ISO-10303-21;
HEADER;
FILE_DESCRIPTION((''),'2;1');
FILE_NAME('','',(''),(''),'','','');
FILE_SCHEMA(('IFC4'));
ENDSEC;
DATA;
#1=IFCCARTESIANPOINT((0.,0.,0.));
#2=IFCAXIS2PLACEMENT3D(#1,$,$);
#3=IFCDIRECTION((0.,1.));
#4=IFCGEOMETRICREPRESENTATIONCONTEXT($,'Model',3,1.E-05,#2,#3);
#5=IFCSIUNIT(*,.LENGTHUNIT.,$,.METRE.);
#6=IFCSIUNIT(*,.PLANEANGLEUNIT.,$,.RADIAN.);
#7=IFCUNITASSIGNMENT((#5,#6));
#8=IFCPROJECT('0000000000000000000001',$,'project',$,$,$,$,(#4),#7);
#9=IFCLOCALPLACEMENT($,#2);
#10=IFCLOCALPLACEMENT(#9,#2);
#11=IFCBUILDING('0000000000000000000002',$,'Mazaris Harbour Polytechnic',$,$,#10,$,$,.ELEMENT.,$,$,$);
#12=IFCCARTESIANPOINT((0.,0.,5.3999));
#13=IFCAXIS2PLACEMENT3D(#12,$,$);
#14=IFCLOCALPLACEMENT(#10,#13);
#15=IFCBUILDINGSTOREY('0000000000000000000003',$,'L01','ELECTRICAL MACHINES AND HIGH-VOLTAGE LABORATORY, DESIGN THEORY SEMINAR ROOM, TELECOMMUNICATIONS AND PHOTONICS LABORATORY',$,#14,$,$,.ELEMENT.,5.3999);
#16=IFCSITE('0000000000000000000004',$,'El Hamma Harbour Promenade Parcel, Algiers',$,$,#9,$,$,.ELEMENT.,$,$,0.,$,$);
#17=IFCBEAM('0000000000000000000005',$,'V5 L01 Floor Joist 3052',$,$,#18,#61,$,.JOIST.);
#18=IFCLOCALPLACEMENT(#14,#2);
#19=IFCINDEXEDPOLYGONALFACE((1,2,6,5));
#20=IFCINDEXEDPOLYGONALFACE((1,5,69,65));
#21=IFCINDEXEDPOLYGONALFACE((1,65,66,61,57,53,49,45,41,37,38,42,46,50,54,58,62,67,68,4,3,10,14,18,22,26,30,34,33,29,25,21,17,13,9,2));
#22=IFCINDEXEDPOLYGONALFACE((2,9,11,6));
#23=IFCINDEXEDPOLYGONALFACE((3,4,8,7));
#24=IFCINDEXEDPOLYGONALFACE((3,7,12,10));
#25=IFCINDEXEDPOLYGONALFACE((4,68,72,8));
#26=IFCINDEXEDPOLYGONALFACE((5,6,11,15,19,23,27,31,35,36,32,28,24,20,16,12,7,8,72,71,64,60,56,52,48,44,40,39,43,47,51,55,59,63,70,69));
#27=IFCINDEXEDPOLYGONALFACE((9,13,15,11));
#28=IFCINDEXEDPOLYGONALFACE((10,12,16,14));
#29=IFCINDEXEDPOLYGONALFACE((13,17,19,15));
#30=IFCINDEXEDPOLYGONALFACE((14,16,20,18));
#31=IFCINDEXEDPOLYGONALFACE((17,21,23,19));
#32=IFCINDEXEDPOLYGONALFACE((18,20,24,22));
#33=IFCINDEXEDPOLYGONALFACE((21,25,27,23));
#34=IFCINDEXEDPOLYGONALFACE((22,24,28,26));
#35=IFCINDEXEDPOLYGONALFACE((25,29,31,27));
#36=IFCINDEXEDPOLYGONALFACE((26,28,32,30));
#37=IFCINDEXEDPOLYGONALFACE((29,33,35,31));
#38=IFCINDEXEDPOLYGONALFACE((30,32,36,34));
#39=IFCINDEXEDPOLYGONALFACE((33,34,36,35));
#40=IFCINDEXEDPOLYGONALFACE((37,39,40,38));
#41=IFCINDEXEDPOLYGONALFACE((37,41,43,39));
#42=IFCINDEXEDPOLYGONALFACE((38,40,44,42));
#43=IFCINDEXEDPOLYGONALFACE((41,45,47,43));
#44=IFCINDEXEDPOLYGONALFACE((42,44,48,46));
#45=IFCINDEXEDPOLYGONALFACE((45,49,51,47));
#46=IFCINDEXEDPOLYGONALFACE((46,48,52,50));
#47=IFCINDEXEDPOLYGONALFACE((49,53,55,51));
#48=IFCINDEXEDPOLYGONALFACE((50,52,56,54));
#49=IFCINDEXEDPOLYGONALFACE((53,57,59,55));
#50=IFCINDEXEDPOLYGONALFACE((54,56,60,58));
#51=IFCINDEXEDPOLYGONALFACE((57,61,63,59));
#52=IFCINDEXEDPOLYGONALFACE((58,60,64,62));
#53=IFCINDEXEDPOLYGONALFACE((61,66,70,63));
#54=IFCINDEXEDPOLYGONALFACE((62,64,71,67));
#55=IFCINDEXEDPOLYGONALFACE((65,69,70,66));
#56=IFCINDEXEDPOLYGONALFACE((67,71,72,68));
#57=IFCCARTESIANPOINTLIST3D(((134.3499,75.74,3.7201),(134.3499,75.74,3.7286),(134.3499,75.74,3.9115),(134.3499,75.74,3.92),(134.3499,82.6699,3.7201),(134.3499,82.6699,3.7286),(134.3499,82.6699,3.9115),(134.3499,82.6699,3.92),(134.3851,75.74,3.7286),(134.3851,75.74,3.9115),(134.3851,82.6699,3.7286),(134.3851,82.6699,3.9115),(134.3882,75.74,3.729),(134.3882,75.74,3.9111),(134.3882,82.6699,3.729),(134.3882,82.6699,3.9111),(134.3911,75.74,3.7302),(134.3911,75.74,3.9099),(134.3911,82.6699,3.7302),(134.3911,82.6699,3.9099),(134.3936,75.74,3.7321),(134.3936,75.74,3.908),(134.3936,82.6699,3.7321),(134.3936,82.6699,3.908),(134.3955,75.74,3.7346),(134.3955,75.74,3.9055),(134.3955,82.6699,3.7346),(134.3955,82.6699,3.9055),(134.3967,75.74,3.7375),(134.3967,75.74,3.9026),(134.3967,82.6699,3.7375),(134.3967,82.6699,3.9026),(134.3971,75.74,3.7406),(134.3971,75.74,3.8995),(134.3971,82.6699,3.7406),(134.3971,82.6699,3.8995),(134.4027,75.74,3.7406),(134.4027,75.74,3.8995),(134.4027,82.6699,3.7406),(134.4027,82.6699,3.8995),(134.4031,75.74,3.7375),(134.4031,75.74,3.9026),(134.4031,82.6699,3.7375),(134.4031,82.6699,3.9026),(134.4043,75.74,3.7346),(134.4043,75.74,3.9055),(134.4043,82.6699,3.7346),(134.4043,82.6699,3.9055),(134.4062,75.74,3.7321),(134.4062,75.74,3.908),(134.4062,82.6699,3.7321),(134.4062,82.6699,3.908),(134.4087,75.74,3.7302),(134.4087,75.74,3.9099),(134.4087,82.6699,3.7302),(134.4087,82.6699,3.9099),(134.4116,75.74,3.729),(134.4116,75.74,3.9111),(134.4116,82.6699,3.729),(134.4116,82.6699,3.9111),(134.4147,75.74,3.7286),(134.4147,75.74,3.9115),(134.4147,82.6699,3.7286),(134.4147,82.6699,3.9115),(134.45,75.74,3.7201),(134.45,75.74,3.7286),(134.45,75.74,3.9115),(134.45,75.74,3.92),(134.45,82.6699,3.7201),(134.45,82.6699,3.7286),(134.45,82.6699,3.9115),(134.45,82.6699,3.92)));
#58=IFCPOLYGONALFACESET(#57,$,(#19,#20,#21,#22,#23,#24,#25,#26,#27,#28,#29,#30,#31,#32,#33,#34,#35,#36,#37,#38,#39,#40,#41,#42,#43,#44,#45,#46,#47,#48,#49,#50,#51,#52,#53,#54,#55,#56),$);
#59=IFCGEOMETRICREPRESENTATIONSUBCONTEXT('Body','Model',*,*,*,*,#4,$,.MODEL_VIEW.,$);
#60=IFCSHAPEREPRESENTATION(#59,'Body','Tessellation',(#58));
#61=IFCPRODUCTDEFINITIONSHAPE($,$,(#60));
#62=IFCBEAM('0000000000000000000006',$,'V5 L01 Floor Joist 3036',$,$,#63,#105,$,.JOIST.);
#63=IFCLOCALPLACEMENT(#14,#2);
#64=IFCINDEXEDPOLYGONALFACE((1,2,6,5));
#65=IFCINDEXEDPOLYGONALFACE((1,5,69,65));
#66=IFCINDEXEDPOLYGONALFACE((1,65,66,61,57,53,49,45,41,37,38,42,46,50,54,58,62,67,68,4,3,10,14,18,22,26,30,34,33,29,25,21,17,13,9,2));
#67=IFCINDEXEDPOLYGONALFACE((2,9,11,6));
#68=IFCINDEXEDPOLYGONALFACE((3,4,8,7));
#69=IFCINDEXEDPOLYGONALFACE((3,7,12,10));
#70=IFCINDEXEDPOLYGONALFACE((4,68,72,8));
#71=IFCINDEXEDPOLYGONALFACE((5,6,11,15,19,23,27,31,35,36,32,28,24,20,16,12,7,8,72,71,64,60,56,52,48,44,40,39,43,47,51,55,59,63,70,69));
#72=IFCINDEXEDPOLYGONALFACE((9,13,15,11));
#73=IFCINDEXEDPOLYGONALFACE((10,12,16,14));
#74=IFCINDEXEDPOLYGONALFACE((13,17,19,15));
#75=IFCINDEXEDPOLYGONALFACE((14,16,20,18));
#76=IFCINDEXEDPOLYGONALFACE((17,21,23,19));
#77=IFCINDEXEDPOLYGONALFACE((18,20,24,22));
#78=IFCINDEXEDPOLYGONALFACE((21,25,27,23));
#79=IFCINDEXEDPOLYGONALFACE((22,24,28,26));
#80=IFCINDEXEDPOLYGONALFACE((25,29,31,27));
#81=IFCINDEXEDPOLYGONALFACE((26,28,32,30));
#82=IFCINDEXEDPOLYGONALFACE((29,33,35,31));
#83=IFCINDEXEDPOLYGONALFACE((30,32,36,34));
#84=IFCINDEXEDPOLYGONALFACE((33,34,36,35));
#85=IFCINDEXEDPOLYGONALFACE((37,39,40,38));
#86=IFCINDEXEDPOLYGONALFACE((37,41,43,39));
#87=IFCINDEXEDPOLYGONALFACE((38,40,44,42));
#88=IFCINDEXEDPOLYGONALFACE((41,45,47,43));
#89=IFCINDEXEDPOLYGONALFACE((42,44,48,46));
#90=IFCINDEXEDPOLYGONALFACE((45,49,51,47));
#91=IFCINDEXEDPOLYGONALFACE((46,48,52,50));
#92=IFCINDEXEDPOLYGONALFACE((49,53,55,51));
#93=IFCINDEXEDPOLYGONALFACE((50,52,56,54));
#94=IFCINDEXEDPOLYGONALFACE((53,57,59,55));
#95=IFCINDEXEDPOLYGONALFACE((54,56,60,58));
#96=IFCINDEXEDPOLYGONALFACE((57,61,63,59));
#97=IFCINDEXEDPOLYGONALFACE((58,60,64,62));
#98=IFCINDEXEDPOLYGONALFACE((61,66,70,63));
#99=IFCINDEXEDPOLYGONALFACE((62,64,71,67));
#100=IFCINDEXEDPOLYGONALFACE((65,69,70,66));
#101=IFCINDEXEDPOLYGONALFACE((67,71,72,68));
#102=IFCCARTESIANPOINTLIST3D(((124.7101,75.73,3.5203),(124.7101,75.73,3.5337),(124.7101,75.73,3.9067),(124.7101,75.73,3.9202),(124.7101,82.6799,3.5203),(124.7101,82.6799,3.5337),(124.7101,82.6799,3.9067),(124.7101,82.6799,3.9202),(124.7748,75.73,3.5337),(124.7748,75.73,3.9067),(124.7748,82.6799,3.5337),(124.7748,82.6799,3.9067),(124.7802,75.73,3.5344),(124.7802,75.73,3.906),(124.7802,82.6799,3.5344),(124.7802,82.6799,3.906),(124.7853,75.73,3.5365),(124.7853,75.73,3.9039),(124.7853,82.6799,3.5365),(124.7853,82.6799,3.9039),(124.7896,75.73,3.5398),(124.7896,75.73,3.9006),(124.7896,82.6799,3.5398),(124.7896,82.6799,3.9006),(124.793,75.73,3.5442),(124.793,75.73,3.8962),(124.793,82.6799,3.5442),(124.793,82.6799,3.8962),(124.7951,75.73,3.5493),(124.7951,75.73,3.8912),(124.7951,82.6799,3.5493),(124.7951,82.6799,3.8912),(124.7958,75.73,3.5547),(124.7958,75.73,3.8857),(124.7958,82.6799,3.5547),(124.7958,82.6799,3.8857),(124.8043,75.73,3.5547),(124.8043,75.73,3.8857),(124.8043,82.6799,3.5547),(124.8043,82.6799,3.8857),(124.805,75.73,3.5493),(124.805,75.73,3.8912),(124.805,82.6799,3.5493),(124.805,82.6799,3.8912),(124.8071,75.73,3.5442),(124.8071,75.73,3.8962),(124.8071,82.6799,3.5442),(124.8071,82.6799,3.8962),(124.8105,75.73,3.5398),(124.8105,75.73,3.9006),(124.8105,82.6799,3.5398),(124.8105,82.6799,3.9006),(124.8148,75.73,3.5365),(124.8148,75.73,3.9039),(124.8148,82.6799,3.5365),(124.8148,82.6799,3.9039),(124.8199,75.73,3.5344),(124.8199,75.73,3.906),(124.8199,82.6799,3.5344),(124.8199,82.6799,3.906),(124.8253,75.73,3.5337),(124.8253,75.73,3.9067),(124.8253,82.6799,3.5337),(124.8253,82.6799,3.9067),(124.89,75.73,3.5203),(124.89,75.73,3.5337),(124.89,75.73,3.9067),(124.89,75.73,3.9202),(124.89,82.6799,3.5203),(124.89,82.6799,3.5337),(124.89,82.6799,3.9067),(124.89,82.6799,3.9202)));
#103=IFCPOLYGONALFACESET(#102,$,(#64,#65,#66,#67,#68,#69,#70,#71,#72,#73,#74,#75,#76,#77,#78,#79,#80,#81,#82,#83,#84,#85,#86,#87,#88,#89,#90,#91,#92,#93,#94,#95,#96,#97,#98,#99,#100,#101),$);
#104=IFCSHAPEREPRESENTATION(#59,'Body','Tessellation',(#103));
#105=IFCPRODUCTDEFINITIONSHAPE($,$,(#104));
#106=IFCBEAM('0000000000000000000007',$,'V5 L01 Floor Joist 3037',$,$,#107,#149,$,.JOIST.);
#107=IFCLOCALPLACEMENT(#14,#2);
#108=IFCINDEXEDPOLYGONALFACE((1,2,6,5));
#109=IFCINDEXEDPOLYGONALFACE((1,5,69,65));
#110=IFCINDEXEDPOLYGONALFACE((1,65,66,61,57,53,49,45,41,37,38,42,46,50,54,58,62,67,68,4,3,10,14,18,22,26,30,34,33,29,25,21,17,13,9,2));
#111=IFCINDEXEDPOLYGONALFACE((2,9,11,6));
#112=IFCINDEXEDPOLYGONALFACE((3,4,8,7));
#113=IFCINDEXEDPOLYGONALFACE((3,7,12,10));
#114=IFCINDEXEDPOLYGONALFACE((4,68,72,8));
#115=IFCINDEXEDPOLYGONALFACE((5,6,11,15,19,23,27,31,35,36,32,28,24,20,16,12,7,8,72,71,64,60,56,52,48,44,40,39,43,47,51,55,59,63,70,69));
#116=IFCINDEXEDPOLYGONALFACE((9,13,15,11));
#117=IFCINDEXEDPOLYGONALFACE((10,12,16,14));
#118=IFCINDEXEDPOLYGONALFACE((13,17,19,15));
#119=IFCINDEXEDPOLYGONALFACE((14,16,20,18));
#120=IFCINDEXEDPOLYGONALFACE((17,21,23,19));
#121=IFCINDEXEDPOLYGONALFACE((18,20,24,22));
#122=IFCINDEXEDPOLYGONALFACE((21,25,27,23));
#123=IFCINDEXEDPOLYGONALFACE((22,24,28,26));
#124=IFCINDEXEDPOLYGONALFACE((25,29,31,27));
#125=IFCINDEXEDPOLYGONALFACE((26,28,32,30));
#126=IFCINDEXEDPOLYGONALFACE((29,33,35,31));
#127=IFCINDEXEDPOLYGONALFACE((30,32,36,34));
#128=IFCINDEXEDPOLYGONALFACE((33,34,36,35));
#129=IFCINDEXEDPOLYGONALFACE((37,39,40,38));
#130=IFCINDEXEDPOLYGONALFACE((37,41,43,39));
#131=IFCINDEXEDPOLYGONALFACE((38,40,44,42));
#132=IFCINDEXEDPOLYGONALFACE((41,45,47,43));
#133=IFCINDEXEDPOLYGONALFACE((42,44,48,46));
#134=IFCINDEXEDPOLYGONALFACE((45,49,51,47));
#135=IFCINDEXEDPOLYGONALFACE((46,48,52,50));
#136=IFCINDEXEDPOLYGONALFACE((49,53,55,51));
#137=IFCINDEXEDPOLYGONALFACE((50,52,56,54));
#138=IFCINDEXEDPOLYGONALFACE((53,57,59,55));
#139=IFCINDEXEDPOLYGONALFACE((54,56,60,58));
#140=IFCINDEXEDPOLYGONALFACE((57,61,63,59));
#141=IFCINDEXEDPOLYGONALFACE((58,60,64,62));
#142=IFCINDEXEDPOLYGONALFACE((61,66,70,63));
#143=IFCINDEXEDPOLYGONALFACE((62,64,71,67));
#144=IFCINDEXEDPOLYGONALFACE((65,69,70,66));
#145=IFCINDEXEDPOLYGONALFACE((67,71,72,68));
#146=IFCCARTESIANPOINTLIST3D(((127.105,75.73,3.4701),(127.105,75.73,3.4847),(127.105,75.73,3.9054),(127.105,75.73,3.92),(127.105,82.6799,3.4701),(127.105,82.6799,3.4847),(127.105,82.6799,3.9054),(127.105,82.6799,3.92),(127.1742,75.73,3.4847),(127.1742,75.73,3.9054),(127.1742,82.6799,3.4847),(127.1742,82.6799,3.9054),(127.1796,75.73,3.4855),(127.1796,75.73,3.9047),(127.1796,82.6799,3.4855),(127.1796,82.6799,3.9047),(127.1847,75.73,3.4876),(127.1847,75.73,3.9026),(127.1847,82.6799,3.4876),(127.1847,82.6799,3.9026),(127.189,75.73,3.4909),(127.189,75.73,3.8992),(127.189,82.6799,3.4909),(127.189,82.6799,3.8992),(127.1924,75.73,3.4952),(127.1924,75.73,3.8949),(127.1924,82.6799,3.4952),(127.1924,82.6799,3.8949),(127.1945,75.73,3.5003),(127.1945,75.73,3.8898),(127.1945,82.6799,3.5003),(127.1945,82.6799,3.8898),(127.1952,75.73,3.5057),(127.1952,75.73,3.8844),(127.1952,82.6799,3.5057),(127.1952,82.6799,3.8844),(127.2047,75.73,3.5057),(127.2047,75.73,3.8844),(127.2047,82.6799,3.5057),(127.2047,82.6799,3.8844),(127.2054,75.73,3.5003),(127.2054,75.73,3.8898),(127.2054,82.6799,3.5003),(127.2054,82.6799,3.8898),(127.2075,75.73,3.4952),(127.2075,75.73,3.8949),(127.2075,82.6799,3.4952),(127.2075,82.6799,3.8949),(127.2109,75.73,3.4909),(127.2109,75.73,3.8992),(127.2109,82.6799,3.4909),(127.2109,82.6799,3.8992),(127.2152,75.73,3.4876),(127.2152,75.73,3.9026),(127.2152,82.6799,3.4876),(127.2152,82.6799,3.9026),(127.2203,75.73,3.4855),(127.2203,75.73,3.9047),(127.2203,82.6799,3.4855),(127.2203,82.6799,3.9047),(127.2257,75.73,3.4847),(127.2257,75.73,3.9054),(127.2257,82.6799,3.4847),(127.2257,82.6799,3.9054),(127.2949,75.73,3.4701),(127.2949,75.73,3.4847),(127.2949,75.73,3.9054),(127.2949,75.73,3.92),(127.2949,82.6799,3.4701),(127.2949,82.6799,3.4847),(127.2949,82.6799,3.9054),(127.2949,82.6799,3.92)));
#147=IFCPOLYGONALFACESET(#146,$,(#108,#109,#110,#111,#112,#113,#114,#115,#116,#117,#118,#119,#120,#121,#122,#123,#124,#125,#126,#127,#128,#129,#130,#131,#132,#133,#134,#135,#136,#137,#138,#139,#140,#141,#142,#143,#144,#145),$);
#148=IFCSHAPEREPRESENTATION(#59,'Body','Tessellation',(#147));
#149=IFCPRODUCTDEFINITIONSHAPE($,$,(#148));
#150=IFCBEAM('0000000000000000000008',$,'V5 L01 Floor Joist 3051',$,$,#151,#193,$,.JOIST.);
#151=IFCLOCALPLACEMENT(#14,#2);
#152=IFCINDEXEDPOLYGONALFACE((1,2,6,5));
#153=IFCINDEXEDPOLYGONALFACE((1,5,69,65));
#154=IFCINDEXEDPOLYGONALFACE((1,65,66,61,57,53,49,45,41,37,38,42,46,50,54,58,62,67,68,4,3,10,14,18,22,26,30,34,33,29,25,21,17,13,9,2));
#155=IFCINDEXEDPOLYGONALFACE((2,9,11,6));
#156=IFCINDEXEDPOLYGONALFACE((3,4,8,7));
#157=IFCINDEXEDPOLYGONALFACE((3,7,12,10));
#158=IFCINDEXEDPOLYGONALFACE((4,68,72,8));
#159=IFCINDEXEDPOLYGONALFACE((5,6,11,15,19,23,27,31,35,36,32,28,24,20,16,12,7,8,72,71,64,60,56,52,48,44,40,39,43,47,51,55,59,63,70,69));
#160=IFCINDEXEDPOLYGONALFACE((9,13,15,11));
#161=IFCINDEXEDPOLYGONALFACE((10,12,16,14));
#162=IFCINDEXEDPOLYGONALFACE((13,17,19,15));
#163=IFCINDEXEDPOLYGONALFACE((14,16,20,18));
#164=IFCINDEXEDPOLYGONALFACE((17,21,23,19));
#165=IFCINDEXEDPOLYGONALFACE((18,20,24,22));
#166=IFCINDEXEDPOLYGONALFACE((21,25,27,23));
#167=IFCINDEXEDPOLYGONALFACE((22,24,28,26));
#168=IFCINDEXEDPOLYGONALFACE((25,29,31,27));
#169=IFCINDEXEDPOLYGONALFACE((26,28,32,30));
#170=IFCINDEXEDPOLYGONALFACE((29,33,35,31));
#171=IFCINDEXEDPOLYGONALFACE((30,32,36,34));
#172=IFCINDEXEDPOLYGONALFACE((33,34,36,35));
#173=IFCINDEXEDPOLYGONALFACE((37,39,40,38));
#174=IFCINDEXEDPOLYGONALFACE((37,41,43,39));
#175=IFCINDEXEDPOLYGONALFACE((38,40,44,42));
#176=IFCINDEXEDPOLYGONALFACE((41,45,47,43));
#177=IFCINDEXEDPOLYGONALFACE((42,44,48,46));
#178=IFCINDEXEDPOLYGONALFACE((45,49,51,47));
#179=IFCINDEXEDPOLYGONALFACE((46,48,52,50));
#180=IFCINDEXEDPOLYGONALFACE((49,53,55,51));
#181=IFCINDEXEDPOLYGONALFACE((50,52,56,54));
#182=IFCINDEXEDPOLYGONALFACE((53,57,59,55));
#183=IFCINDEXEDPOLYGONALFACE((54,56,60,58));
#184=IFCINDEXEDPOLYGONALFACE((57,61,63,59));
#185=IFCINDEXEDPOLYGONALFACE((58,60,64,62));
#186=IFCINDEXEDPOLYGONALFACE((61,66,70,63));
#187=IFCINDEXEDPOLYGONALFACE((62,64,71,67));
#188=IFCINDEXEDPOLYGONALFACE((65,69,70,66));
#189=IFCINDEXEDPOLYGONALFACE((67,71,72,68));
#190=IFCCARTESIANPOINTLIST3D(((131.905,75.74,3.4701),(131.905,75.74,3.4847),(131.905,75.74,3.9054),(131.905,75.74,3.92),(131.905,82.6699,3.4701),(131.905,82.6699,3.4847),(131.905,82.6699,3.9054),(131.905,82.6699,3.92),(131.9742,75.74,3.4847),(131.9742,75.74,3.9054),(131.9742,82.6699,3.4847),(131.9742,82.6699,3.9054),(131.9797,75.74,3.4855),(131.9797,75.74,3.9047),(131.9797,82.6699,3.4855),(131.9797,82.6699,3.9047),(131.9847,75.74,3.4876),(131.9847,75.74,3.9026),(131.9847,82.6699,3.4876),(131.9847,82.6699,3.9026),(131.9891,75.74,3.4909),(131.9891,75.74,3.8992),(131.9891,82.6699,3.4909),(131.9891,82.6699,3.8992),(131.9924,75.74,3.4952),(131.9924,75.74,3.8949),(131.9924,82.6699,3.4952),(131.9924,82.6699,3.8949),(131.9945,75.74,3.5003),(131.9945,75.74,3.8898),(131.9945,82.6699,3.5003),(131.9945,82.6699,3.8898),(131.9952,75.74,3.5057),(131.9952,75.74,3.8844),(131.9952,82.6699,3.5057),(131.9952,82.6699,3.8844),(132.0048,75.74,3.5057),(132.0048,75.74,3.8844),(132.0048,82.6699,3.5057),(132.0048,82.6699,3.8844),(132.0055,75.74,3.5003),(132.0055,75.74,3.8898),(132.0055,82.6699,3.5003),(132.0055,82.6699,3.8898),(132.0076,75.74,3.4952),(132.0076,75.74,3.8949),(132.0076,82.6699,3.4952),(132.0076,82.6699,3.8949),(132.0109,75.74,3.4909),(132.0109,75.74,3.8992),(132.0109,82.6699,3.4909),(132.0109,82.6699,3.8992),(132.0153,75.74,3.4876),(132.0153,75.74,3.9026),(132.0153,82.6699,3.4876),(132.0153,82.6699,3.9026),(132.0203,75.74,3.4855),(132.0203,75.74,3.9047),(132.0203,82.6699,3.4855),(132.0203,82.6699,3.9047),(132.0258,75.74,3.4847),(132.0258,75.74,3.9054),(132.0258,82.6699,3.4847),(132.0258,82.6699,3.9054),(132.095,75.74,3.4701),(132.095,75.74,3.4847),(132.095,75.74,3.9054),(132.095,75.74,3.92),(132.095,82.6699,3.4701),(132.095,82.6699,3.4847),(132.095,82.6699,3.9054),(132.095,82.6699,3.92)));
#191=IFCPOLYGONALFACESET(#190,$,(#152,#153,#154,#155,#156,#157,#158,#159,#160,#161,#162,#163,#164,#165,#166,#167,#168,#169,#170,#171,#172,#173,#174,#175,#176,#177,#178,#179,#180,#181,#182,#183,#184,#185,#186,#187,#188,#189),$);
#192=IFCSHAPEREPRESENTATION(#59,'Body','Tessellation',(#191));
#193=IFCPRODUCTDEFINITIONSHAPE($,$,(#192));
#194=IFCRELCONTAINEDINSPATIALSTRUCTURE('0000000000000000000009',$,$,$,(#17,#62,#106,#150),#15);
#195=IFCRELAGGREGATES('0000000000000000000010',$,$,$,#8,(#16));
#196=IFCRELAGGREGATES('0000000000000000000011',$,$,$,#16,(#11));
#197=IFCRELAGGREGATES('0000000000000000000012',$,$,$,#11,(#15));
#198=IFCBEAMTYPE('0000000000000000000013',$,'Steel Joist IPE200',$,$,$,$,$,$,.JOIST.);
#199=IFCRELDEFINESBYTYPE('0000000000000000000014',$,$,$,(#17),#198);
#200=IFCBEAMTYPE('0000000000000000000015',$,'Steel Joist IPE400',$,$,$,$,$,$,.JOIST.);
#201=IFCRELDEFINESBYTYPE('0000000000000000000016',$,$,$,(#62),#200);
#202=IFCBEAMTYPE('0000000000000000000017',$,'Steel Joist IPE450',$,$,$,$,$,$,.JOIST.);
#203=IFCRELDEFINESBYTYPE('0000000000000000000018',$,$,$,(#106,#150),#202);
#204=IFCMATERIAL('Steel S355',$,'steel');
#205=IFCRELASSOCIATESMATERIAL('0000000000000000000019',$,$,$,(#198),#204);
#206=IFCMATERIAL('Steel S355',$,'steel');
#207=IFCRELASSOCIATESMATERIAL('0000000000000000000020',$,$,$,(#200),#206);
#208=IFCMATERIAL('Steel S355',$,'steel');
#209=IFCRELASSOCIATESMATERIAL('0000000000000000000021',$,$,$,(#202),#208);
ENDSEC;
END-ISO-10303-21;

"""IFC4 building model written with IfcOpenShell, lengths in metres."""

from ifc_helpers import new_model, si_unit, direction, frame, origin, origin_2d, place, context, subcontext, project, spatial, i_section, extrude, material, material_profile, profile_set, type_object, element, save


model = new_model("IFC4")

# Units and contexts
model_context = context("Model", 3, precision=1e-05, world=origin(), true_north=direction((0.0, 1.0)))
body_context = subcontext(model_context, "Body", "Model", "MODEL_VIEW")
ifc_project = project(units=[si_unit("LENGTHUNIT", "METRE"), si_unit("PLANEANGLEUNIT", "RADIAN")], contexts=[model_context])

# Site, building, storey
site_placement = place(None, origin())
site = spatial("IfcSite", under=ifc_project, at=site_placement, Name="El Hamma Harbour Promenade Parcel, Algiers", CompositionType="ELEMENT", RefElevation=0.0)
building_placement = place(site_placement, origin())
building = spatial("IfcBuilding", under=site, at=building_placement, Name="Mazaris Harbour Polytechnic", CompositionType="ELEMENT")
storey_placement = place(building_placement, frame((0.0, 0.0, 5.3999)))
storey = spatial("IfcBuildingStorey", under=building, at=storey_placement, Name="L01", Description="ELECTRICAL MACHINES AND HIGH-VOLTAGE LABORATORY, DESIGN THEORY SEMINAR ROOM, TELECOMMUNICATIONS AND PHOTONICS LABORATORY", CompositionType="ELEMENT", Elevation=5.3999)

# Beams
ifc_material_1 = material(Name="Steel S355", Category="steel")
ifc_material_profile_1 = material_profile(ifc_material_1, i_section(OverallWidth=0.1001, OverallDepth=0.2, WebThickness=0.0056, FlangeThickness=0.0085, FilletRadius=0.012, at=origin_2d()), Name="IPE 200")
ifc_profile_set_1 = profile_set([ifc_material_profile_1], Name="Steel S355")
beam_type_1 = type_object("IfcBeamType", Name="Steel Joist IPE200", PredefinedType="JOIST", material=ifc_profile_set_1)
beam_1_placement = place(storey_placement, frame((134.3999, 75.74, 3.8201), z_axis=(0.0, 1.0, 0.0), x_axis=(-1.0, 0.0, 0.0)))
element("IfcBeam", 1, at=beam_1_placement, inside=storey, type_object=beam_type_1, Name="V5 L01 Floor Joist 3052", PredefinedType="JOIST", context=body_context, shape_type="SweptSolid", body=[
    extrude(i_section(OverallWidth=0.1001, OverallDepth=0.2, WebThickness=0.0056, FlangeThickness=0.0085, FilletRadius=0.012, at=origin_2d()), origin(), (0.0, 0.0, 1.0), 6.9299),
])
ifc_material_2 = material(Name="Steel S355", Category="steel")
ifc_material_profile_2 = material_profile(ifc_material_2, i_section(OverallWidth=0.1799, OverallDepth=0.3999, WebThickness=0.0085, FlangeThickness=0.0134, FilletRadius=0.021, at=origin_2d()), Name="IPE 400")
ifc_profile_set_2 = profile_set([ifc_material_profile_2], Name="Steel S355")
beam_type_2 = type_object("IfcBeamType", Name="Steel Joist IPE400", PredefinedType="JOIST", material=ifc_profile_set_2)
beam_2_placement = place(storey_placement, frame((124.8, 75.73, 3.7202), z_axis=(0.0, 1.0, 0.0), x_axis=(-1.0, 0.0, 0.0)))
element("IfcBeam", 2, at=beam_2_placement, inside=storey, type_object=beam_type_2, Name="V5 L01 Floor Joist 3036", PredefinedType="JOIST", context=body_context, shape_type="SweptSolid", body=[
    extrude(i_section(OverallWidth=0.1799, OverallDepth=0.3999, WebThickness=0.0085, FlangeThickness=0.0134, FilletRadius=0.021, at=origin_2d()), origin(), (0.0, 0.0, 1.0), 6.95),
])
ifc_material_3 = material(Name="Steel S355", Category="steel")
ifc_material_profile_3 = material_profile(ifc_material_3, i_section(OverallWidth=0.1899, OverallDepth=0.45, WebThickness=0.0095, FlangeThickness=0.0146, FilletRadius=0.021, at=origin_2d()), Name="IPE 450")
ifc_profile_set_3 = profile_set([ifc_material_profile_3], Name="Steel S355")
beam_type_3 = type_object("IfcBeamType", Name="Steel Joist IPE450", PredefinedType="JOIST", material=ifc_profile_set_3)
beam_3_placement = place(storey_placement, frame((127.2, 75.73, 3.6951), z_axis=(0.0, 1.0, 0.0), x_axis=(-1.0, 0.0, 0.0)))
element("IfcBeam", 3, at=beam_3_placement, inside=storey, type_object=beam_type_3, Name="V5 L01 Floor Joist 3037", PredefinedType="JOIST", context=body_context, shape_type="SweptSolid", body=[
    extrude(i_section(OverallWidth=0.1899, OverallDepth=0.45, WebThickness=0.0095, FlangeThickness=0.0146, FilletRadius=0.021, at=origin_2d()), origin(), (0.0, 0.0, 1.0), 6.95),
])
beam_4_placement = place(storey_placement, frame((132.0, 75.74, 3.6951), z_axis=(0.0, 1.0, 0.0), x_axis=(-1.0, 0.0, 0.0)))
element("IfcBeam", 4, at=beam_4_placement, inside=storey, type_object=beam_type_3, Name="V5 L01 Floor Joist 3051", PredefinedType="JOIST", context=body_context, shape_type="SweptSolid", body=[
    extrude(i_section(OverallWidth=0.1899, OverallDepth=0.45, WebThickness=0.0095, FlangeThickness=0.0146, FilletRadius=0.021, at=origin_2d()), origin(), (0.0, 0.0, 1.0), 6.9299),
])

save(model, "model.ifc")
